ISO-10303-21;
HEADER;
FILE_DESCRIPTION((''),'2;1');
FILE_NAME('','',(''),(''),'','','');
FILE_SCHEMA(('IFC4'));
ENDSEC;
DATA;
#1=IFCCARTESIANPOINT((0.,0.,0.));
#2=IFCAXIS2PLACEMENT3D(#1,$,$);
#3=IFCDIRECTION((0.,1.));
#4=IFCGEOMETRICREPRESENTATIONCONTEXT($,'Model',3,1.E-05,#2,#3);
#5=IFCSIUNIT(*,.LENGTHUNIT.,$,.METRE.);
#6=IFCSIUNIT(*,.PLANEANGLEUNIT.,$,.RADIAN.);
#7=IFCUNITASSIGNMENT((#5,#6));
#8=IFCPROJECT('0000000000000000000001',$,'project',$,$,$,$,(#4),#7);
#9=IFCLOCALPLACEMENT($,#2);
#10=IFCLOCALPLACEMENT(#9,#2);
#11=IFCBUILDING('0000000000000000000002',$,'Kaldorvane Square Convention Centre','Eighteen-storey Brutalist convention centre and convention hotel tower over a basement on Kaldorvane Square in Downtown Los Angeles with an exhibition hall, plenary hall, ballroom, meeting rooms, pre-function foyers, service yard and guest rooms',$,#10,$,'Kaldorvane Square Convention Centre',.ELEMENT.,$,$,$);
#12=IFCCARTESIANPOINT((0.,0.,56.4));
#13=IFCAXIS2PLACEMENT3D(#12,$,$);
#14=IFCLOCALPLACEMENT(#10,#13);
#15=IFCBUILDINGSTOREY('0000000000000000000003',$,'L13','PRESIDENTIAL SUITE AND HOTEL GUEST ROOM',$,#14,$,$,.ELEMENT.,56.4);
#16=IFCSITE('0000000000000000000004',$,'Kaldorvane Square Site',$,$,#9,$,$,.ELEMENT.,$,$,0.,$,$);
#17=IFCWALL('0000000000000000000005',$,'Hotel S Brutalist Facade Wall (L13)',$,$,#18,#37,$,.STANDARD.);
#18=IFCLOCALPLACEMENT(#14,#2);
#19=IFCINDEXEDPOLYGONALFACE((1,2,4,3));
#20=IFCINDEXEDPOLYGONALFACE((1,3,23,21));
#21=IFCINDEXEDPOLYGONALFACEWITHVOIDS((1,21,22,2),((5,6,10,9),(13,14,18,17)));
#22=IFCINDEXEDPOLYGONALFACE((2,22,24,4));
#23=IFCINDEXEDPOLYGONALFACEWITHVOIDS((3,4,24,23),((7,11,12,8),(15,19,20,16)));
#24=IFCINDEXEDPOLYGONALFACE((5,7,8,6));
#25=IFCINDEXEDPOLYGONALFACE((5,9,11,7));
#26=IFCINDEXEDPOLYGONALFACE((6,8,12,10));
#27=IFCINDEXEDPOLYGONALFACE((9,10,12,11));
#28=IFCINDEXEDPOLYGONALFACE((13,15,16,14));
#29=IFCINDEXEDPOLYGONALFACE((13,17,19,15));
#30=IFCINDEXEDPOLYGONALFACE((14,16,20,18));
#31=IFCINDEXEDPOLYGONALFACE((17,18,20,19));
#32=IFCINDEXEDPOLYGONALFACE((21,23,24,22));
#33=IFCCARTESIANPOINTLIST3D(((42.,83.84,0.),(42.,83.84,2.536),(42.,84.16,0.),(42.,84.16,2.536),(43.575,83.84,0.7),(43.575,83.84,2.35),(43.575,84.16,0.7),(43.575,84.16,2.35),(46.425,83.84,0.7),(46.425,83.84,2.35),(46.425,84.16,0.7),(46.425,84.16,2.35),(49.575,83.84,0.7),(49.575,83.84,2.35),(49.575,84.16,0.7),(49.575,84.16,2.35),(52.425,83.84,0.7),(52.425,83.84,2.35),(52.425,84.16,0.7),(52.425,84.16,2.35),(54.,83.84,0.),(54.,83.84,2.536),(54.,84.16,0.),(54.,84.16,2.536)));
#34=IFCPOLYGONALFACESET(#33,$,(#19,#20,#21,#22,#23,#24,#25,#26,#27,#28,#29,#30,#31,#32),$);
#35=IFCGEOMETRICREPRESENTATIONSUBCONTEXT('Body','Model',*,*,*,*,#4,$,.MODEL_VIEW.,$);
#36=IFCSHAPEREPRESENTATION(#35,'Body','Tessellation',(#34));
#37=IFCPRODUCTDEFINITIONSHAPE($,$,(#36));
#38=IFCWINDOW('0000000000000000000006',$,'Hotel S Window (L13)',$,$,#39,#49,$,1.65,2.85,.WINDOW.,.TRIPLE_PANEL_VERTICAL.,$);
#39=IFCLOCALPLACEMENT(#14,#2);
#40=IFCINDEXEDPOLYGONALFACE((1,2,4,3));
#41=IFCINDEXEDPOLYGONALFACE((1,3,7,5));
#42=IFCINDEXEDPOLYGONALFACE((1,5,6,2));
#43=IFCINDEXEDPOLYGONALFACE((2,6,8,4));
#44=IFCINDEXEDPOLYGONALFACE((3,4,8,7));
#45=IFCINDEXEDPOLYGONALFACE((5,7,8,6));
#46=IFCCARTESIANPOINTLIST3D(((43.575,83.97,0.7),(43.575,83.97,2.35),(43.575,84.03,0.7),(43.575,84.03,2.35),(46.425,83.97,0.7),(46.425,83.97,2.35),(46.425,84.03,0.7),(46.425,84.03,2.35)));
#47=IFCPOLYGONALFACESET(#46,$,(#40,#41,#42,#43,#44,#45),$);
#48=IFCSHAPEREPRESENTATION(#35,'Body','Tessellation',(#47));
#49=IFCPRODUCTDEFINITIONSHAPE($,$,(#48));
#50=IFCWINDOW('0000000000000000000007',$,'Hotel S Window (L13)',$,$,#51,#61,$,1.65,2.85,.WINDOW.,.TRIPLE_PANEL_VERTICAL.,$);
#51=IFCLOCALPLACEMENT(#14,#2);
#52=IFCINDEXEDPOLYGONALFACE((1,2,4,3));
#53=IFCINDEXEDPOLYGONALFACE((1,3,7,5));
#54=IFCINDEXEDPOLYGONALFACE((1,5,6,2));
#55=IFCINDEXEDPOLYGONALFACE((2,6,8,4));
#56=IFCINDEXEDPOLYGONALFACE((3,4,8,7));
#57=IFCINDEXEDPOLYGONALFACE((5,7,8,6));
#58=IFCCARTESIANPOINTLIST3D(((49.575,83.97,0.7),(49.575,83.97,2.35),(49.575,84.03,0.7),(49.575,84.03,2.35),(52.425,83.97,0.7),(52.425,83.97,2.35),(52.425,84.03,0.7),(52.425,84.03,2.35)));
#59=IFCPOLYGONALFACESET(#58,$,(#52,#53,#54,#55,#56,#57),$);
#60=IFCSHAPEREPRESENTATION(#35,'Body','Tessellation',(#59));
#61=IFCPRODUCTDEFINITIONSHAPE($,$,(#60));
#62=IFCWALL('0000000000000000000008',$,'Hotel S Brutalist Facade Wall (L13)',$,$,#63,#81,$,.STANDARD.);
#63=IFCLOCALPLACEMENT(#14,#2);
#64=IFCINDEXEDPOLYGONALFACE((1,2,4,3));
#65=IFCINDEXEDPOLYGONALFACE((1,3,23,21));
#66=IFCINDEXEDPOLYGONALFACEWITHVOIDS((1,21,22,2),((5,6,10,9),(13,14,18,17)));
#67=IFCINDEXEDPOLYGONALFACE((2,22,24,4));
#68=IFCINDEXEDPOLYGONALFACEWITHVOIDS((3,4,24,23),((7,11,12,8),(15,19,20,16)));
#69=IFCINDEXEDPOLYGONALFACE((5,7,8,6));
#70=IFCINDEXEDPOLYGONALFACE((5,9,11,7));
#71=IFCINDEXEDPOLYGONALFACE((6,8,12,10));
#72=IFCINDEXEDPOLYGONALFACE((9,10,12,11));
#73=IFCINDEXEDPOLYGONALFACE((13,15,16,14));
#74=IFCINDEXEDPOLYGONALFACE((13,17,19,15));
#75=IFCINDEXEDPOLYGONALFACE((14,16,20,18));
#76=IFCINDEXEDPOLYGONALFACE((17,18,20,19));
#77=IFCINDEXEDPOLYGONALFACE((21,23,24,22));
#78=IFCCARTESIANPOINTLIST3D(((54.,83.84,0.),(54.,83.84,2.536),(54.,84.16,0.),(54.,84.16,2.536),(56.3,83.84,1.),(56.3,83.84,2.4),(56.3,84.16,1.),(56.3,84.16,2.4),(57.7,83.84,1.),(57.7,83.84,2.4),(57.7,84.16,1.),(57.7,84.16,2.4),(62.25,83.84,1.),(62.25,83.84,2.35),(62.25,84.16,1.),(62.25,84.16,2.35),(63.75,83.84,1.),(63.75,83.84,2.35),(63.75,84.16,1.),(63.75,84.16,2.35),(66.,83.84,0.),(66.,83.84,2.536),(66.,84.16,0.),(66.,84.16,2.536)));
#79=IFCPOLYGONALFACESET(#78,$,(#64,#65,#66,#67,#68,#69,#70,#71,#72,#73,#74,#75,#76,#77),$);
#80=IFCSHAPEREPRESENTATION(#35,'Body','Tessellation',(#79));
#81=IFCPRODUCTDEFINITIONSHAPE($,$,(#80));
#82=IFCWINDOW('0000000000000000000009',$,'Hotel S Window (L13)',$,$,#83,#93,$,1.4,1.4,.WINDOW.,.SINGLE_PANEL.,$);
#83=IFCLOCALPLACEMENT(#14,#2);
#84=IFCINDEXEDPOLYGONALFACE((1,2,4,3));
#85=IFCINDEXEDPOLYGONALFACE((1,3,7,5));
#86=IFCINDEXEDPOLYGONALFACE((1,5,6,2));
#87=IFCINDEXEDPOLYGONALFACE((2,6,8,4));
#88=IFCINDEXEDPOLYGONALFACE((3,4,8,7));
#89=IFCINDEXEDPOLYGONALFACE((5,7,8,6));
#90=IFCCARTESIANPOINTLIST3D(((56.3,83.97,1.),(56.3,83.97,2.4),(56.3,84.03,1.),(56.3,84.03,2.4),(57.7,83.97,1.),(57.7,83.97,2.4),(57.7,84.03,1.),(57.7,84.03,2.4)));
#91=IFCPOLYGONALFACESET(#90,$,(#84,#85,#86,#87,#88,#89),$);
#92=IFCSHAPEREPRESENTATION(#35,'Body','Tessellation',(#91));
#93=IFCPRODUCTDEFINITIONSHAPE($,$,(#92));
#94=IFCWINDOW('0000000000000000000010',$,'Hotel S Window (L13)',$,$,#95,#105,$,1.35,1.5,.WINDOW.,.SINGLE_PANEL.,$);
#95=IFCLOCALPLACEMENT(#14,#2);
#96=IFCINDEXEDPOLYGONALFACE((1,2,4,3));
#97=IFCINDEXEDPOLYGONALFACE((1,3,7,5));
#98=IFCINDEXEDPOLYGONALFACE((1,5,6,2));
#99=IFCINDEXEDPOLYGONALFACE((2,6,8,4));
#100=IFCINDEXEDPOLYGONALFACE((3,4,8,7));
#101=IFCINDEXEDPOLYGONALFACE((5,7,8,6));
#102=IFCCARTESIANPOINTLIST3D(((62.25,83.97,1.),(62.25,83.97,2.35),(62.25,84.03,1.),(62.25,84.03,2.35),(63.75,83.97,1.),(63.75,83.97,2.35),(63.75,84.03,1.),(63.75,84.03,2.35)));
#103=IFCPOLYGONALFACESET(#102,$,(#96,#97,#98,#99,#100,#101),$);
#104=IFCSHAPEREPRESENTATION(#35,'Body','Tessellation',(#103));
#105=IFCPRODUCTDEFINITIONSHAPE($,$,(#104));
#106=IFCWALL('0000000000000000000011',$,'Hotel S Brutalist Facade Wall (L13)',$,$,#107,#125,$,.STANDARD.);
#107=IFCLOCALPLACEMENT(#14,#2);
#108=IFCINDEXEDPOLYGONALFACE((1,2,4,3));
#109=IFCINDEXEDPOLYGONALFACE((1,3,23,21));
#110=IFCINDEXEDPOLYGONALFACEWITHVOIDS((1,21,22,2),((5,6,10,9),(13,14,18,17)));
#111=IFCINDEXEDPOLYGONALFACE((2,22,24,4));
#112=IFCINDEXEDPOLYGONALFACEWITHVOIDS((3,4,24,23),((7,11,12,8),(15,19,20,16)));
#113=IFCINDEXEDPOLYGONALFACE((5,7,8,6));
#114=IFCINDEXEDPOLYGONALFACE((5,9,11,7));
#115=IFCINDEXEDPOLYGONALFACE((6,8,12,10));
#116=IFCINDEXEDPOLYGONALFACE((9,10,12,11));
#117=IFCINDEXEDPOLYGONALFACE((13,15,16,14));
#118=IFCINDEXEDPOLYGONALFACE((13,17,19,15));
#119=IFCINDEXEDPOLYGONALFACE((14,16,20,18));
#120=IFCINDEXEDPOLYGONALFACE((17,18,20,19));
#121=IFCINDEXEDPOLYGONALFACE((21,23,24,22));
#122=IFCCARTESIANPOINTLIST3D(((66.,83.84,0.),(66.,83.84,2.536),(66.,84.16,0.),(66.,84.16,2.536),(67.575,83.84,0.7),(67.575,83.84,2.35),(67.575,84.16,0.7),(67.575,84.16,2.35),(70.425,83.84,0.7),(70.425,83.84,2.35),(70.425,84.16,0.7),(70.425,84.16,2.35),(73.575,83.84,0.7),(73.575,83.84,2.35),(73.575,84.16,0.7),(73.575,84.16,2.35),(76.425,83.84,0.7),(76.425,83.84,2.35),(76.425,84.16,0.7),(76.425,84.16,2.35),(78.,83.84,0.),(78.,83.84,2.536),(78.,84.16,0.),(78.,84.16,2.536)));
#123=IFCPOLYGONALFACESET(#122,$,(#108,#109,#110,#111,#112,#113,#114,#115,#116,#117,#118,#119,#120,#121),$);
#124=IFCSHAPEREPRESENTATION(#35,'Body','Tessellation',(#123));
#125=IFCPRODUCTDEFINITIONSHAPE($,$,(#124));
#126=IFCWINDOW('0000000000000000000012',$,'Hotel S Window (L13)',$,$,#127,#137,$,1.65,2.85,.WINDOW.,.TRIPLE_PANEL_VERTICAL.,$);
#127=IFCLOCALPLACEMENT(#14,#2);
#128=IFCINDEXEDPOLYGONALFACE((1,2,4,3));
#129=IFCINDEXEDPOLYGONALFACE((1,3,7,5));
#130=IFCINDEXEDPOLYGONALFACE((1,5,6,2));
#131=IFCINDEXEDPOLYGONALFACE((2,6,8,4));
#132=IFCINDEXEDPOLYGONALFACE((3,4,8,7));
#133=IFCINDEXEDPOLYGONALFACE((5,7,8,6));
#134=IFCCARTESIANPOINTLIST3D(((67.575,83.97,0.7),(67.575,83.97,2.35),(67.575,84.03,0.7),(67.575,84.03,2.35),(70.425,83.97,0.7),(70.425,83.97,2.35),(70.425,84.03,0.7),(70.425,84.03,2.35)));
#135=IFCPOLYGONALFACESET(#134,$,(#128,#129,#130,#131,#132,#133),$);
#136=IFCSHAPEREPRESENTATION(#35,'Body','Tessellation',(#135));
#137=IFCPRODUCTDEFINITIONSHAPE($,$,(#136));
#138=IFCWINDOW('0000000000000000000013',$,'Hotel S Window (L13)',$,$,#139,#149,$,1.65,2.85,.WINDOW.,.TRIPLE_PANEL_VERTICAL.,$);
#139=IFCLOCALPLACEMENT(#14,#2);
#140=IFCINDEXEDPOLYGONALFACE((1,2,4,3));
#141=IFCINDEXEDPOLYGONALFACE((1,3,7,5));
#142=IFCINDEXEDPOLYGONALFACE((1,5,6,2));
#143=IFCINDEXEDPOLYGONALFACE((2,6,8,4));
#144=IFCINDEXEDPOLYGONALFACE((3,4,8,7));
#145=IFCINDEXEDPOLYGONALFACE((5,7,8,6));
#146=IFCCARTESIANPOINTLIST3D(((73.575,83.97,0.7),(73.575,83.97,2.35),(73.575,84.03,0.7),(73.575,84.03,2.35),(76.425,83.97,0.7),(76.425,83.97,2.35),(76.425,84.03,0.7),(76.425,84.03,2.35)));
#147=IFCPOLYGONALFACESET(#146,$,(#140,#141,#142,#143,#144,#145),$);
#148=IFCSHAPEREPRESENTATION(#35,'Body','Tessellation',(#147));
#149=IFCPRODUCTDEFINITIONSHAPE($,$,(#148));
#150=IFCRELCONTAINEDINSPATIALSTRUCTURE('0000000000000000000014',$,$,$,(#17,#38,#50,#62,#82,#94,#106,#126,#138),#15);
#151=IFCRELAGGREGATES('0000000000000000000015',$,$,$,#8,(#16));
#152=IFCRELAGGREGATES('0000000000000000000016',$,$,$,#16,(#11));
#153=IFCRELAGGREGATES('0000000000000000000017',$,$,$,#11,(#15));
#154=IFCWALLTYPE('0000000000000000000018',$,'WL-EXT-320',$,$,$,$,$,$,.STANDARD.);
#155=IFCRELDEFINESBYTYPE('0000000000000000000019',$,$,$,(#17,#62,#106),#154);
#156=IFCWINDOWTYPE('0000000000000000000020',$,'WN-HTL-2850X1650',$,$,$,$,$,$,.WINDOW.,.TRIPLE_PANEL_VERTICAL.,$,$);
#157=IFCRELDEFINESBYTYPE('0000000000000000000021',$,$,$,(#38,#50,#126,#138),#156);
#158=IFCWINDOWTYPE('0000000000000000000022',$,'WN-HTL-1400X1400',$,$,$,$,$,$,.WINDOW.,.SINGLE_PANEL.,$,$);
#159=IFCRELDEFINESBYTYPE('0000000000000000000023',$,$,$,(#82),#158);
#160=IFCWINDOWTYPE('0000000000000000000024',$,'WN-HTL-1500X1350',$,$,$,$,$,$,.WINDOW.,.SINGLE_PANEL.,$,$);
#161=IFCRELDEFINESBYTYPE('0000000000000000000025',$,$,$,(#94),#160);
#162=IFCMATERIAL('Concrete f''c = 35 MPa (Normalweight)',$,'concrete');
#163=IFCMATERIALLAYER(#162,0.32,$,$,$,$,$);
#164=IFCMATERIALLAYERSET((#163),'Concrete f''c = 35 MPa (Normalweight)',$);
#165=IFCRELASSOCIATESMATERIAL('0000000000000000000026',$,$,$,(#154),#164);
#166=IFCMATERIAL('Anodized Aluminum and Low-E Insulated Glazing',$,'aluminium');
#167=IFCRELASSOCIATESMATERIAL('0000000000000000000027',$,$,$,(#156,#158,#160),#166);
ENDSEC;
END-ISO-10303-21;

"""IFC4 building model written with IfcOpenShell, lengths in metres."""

from ifc_helpers import new_model, si_unit, direction, frame, frame_2d, origin, place, context, subcontext, project, spatial, rectangle, extrude, material, layer, layer_set, type_object, element, fill, save


model = new_model("IFC4")

# Units and contexts
model_context = context("Model", 3, precision=1e-05, world=origin(), true_north=direction((0.0, 1.0)))
body_context = subcontext(model_context, "Body", "Model", "MODEL_VIEW")
ifc_project = project(units=[si_unit("LENGTHUNIT", "METRE"), si_unit("PLANEANGLEUNIT", "RADIAN")], contexts=[model_context])

# Site, building, storey
site_placement = place(None, origin())
site = spatial("IfcSite", under=ifc_project, at=site_placement, Name="Kaldorvane Square Site", CompositionType="ELEMENT", RefElevation=0.0)
building_placement = place(site_placement, origin())
building = spatial("IfcBuilding", under=site, at=building_placement, Name="Kaldorvane Square Convention Centre", Description="Eighteen-storey Brutalist convention centre and convention hotel tower over a basement on Kaldorvane Square in Downtown Los Angeles with an exhibition hall, plenary hall, ballroom, meeting rooms, pre-function foyers, service yard and guest rooms", LongName="Kaldorvane Square Convention Centre", CompositionType="ELEMENT")
storey_placement = place(building_placement, frame((0.0, 0.0, 56.4)))
storey = spatial("IfcBuildingStorey", under=building, at=storey_placement, Name="L13", Description="PRESIDENTIAL SUITE AND HOTEL GUEST ROOM", CompositionType="ELEMENT", Elevation=56.4)

# Shared definitions
ifc_material_1 = material(Name="Concrete f'c = 35 MPa (Normalweight)", Category="concrete")
ifc_layer_1 = layer(ifc_material_1, 0.32)
ifc_layer_set_1 = layer_set([ifc_layer_1], Name="Concrete f'c = 35 MPa (Normalweight)")
wall_type_1 = type_object("IfcWallType", Name="WL-EXT-320", PredefinedType="STANDARD", material=ifc_layer_set_1)
ifc_material_2 = material(Name="Anodized Aluminum and Low-E Insulated Glazing", Category="aluminium")
window_type_1 = type_object("IfcWindowType", Name="WN-HTL-2850X1650", PartitioningType="TRIPLE_PANEL_VERTICAL", PredefinedType="WINDOW", material=ifc_material_2)

# Walls, openings, windows
wall_1_placement = place(storey_placement, frame((42.0, 84.0, 0.0), z_axis=(0.0, 0.0, 1.0), x_axis=(1.0, 0.0, 0.0)))
wall_1 = element("IfcWall", 1, at=wall_1_placement, inside=storey, type_object=wall_type_1, Name="Hotel S Brutalist Facade Wall (L13)", PredefinedType="STANDARD", context=body_context, shape_type="SweptSolid", body=[
    extrude(rectangle(XDim=12.0, YDim=0.32, at=frame_2d((6.0, 0.0))), origin(), (0.0, 0.0, 1.0), 2.536),
])
opening_1_placement = place(wall_1_placement, frame((1.575, 0.0, 0.7)))
opening_1 = element("IfcOpeningElement", 2, at=opening_1_placement, cuts=wall_1, PredefinedType="OPENING", context=body_context, shape_type="SweptSolid", body=[
    extrude(rectangle(XDim=2.85, YDim=1.65, at=frame_2d((1.425, 0.825))), frame((0.0, 0.175, 0.0), z_axis=(0.0, -1.0, 0.0), x_axis=(1.0, 0.0, 0.0)), (0.0, 0.0, 1.0), 0.35),
])
opening_2_placement = place(wall_1_placement, frame((7.575, 0.0, 0.7)))
opening_2 = element("IfcOpeningElement", 3, at=opening_2_placement, cuts=wall_1, PredefinedType="OPENING", context=body_context, shape_type="SweptSolid", body=[
    extrude(rectangle(XDim=2.85, YDim=1.65, at=frame_2d((1.425, 0.825))), frame((0.0, 0.175, 0.0), z_axis=(0.0, -1.0, 0.0), x_axis=(1.0, 0.0, 0.0)), (0.0, 0.0, 1.0), 0.35),
])
window_1_placement = place(opening_1_placement, origin())
window_1 = element("IfcWindow", 4, at=window_1_placement, inside=storey, type_object=window_type_1, Name="Hotel S Window (L13)", OverallHeight=1.65, OverallWidth=2.85, PartitioningType="TRIPLE_PANEL_VERTICAL", PredefinedType="WINDOW", context=body_context, shape_type="SweptSolid", body=[
    extrude(rectangle(XDim=2.85, YDim=1.65, at=frame_2d((1.425, 0.825))), frame((0.0, 0.03, 0.0), z_axis=(0.0, -1.0, 0.0), x_axis=(1.0, 0.0, 0.0)), (0.0, 0.0, 1.0), 0.06),
])
fill(opening_1, window_1)
window_2_placement = place(opening_2_placement, origin())
window_2 = element("IfcWindow", 5, at=window_2_placement, inside=storey, type_object=window_type_1, Name="Hotel S Window (L13)", OverallHeight=1.65, OverallWidth=2.85, PartitioningType="TRIPLE_PANEL_VERTICAL", PredefinedType="WINDOW", context=body_context, shape_type="SweptSolid", body=[
    extrude(rectangle(XDim=2.85, YDim=1.65, at=frame_2d((1.425, 0.825))), frame((0.0, 0.03, 0.0), z_axis=(0.0, -1.0, 0.0), x_axis=(1.0, 0.0, 0.0)), (0.0, 0.0, 1.0), 0.06),
])
fill(opening_2, window_2)
wall_2_placement = place(storey_placement, frame((54.0, 84.0, 0.0), z_axis=(0.0, 0.0, 1.0), x_axis=(1.0, 0.0, 0.0)))
wall_2 = element("IfcWall", 6, at=wall_2_placement, inside=storey, type_object=wall_type_1, Name="Hotel S Brutalist Facade Wall (L13)", PredefinedType="STANDARD", context=body_context, shape_type="SweptSolid", body=[
    extrude(rectangle(XDim=12.0, YDim=0.32, at=frame_2d((6.0, 0.0))), origin(), (0.0, 0.0, 1.0), 2.536),
])
opening_3_placement = place(wall_2_placement, frame((2.3, 0.0, 1.0)))
opening_3 = element("IfcOpeningElement", 7, at=opening_3_placement, cuts=wall_2, PredefinedType="OPENING", context=body_context, shape_type="SweptSolid", body=[
    extrude(rectangle(XDim=1.4, YDim=1.4, at=frame_2d((0.7, 0.7))), frame((0.0, 0.175, 0.0), z_axis=(0.0, -1.0, 0.0), x_axis=(1.0, 0.0, 0.0)), (0.0, 0.0, 1.0), 0.35),
])
opening_4_placement = place(wall_2_placement, frame((8.25, 0.0, 1.0)))
opening_4 = element("IfcOpeningElement", 8, at=opening_4_placement, cuts=wall_2, PredefinedType="OPENING", context=body_context, shape_type="SweptSolid", body=[
    extrude(rectangle(XDim=1.5, YDim=1.35, at=frame_2d((0.75, 0.675))), frame((0.0, 0.175, 0.0), z_axis=(0.0, -1.0, 0.0), x_axis=(1.0, 0.0, 0.0)), (0.0, 0.0, 1.0), 0.35),
])
window_type_2 = type_object("IfcWindowType", Name="WN-HTL-1400X1400", PartitioningType="SINGLE_PANEL", PredefinedType="WINDOW", material=ifc_material_2)
window_3_placement = place(opening_3_placement, origin())
window_3 = element("IfcWindow", 9, at=window_3_placement, inside=storey, type_object=window_type_2, Name="Hotel S Window (L13)", OverallHeight=1.4, OverallWidth=1.4, PartitioningType="SINGLE_PANEL", PredefinedType="WINDOW", context=body_context, shape_type="SweptSolid", body=[
    extrude(rectangle(XDim=1.4, YDim=1.4, at=frame_2d((0.7, 0.7))), frame((0.0, 0.03, 0.0), z_axis=(0.0, -1.0, 0.0), x_axis=(1.0, 0.0, 0.0)), (0.0, 0.0, 1.0), 0.06),
])
fill(opening_3, window_3)
window_type_3 = type_object("IfcWindowType", Name="WN-HTL-1500X1350", PartitioningType="SINGLE_PANEL", PredefinedType="WINDOW", material=ifc_material_2)
window_4_placement = place(opening_4_placement, origin())
window_4 = element("IfcWindow", 10, at=window_4_placement, inside=storey, type_object=window_type_3, Name="Hotel S Window (L13)", OverallHeight=1.35, OverallWidth=1.5, PartitioningType="SINGLE_PANEL", PredefinedType="WINDOW", context=body_context, shape_type="SweptSolid", body=[
    extrude(rectangle(XDim=1.5, YDim=1.35, at=frame_2d((0.75, 0.675))), frame((0.0, 0.03, 0.0), z_axis=(0.0, -1.0, 0.0), x_axis=(1.0, 0.0, 0.0)), (0.0, 0.0, 1.0), 0.06),
])
fill(opening_4, window_4)
wall_3_placement = place(storey_placement, frame((66.0, 84.0, 0.0), z_axis=(0.0, 0.0, 1.0), x_axis=(1.0, 0.0, 0.0)))
wall_3 = element("IfcWall", 11, at=wall_3_placement, inside=storey, type_object=wall_type_1, Name="Hotel S Brutalist Facade Wall (L13)", PredefinedType="STANDARD", context=body_context, shape_type="SweptSolid", body=[
    extrude(rectangle(XDim=12.0, YDim=0.32, at=frame_2d((6.0, 0.0))), origin(), (0.0, 0.0, 1.0), 2.536),
])
opening_5_placement = place(wall_3_placement, frame((1.575, 0.0, 0.7)))
opening_5 = element("IfcOpeningElement", 12, at=opening_5_placement, cuts=wall_3, PredefinedType="OPENING", context=body_context, shape_type="SweptSolid", body=[
    extrude(rectangle(XDim=2.85, YDim=1.65, at=frame_2d((1.425, 0.825))), frame((0.0, 0.175, 0.0), z_axis=(0.0, -1.0, 0.0), x_axis=(1.0, 0.0, 0.0)), (0.0, 0.0, 1.0), 0.35),
])
opening_6_placement = place(wall_3_placement, frame((7.575, 0.0, 0.7)))
opening_6 = element("IfcOpeningElement", 13, at=opening_6_placement, cuts=wall_3, PredefinedType="OPENING", context=body_context, shape_type="SweptSolid", body=[
    extrude(rectangle(XDim=2.85, YDim=1.65, at=frame_2d((1.425, 0.825))), frame((0.0, 0.175, 0.0), z_axis=(0.0, -1.0, 0.0), x_axis=(1.0, 0.0, 0.0)), (0.0, 0.0, 1.0), 0.35),
])
window_5_placement = place(opening_5_placement, origin())
window_5 = element("IfcWindow", 14, at=window_5_placement, inside=storey, type_object=window_type_1, Name="Hotel S Window (L13)", OverallHeight=1.65, OverallWidth=2.85, PartitioningType="TRIPLE_PANEL_VERTICAL", PredefinedType="WINDOW", context=body_context, shape_type="SweptSolid", body=[
    extrude(rectangle(XDim=2.85, YDim=1.65, at=frame_2d((1.425, 0.825))), frame((0.0, 0.03, 0.0), z_axis=(0.0, -1.0, 0.0), x_axis=(1.0, 0.0, 0.0)), (0.0, 0.0, 1.0), 0.06),
])
fill(opening_5, window_5)
window_6_placement = place(opening_6_placement, origin())
window_6 = element("IfcWindow", 15, at=window_6_placement, inside=storey, type_object=window_type_1, Name="Hotel S Window (L13)", OverallHeight=1.65, OverallWidth=2.85, PartitioningType="TRIPLE_PANEL_VERTICAL", PredefinedType="WINDOW", context=body_context, shape_type="SweptSolid", body=[
    extrude(rectangle(XDim=2.85, YDim=1.65, at=frame_2d((1.425, 0.825))), frame((0.0, 0.03, 0.0), z_axis=(0.0, -1.0, 0.0), x_axis=(1.0, 0.0, 0.0)), (0.0, 0.0, 1.0), 0.06),
])
fill(opening_6, window_6)

save(model, "model.ifc")
